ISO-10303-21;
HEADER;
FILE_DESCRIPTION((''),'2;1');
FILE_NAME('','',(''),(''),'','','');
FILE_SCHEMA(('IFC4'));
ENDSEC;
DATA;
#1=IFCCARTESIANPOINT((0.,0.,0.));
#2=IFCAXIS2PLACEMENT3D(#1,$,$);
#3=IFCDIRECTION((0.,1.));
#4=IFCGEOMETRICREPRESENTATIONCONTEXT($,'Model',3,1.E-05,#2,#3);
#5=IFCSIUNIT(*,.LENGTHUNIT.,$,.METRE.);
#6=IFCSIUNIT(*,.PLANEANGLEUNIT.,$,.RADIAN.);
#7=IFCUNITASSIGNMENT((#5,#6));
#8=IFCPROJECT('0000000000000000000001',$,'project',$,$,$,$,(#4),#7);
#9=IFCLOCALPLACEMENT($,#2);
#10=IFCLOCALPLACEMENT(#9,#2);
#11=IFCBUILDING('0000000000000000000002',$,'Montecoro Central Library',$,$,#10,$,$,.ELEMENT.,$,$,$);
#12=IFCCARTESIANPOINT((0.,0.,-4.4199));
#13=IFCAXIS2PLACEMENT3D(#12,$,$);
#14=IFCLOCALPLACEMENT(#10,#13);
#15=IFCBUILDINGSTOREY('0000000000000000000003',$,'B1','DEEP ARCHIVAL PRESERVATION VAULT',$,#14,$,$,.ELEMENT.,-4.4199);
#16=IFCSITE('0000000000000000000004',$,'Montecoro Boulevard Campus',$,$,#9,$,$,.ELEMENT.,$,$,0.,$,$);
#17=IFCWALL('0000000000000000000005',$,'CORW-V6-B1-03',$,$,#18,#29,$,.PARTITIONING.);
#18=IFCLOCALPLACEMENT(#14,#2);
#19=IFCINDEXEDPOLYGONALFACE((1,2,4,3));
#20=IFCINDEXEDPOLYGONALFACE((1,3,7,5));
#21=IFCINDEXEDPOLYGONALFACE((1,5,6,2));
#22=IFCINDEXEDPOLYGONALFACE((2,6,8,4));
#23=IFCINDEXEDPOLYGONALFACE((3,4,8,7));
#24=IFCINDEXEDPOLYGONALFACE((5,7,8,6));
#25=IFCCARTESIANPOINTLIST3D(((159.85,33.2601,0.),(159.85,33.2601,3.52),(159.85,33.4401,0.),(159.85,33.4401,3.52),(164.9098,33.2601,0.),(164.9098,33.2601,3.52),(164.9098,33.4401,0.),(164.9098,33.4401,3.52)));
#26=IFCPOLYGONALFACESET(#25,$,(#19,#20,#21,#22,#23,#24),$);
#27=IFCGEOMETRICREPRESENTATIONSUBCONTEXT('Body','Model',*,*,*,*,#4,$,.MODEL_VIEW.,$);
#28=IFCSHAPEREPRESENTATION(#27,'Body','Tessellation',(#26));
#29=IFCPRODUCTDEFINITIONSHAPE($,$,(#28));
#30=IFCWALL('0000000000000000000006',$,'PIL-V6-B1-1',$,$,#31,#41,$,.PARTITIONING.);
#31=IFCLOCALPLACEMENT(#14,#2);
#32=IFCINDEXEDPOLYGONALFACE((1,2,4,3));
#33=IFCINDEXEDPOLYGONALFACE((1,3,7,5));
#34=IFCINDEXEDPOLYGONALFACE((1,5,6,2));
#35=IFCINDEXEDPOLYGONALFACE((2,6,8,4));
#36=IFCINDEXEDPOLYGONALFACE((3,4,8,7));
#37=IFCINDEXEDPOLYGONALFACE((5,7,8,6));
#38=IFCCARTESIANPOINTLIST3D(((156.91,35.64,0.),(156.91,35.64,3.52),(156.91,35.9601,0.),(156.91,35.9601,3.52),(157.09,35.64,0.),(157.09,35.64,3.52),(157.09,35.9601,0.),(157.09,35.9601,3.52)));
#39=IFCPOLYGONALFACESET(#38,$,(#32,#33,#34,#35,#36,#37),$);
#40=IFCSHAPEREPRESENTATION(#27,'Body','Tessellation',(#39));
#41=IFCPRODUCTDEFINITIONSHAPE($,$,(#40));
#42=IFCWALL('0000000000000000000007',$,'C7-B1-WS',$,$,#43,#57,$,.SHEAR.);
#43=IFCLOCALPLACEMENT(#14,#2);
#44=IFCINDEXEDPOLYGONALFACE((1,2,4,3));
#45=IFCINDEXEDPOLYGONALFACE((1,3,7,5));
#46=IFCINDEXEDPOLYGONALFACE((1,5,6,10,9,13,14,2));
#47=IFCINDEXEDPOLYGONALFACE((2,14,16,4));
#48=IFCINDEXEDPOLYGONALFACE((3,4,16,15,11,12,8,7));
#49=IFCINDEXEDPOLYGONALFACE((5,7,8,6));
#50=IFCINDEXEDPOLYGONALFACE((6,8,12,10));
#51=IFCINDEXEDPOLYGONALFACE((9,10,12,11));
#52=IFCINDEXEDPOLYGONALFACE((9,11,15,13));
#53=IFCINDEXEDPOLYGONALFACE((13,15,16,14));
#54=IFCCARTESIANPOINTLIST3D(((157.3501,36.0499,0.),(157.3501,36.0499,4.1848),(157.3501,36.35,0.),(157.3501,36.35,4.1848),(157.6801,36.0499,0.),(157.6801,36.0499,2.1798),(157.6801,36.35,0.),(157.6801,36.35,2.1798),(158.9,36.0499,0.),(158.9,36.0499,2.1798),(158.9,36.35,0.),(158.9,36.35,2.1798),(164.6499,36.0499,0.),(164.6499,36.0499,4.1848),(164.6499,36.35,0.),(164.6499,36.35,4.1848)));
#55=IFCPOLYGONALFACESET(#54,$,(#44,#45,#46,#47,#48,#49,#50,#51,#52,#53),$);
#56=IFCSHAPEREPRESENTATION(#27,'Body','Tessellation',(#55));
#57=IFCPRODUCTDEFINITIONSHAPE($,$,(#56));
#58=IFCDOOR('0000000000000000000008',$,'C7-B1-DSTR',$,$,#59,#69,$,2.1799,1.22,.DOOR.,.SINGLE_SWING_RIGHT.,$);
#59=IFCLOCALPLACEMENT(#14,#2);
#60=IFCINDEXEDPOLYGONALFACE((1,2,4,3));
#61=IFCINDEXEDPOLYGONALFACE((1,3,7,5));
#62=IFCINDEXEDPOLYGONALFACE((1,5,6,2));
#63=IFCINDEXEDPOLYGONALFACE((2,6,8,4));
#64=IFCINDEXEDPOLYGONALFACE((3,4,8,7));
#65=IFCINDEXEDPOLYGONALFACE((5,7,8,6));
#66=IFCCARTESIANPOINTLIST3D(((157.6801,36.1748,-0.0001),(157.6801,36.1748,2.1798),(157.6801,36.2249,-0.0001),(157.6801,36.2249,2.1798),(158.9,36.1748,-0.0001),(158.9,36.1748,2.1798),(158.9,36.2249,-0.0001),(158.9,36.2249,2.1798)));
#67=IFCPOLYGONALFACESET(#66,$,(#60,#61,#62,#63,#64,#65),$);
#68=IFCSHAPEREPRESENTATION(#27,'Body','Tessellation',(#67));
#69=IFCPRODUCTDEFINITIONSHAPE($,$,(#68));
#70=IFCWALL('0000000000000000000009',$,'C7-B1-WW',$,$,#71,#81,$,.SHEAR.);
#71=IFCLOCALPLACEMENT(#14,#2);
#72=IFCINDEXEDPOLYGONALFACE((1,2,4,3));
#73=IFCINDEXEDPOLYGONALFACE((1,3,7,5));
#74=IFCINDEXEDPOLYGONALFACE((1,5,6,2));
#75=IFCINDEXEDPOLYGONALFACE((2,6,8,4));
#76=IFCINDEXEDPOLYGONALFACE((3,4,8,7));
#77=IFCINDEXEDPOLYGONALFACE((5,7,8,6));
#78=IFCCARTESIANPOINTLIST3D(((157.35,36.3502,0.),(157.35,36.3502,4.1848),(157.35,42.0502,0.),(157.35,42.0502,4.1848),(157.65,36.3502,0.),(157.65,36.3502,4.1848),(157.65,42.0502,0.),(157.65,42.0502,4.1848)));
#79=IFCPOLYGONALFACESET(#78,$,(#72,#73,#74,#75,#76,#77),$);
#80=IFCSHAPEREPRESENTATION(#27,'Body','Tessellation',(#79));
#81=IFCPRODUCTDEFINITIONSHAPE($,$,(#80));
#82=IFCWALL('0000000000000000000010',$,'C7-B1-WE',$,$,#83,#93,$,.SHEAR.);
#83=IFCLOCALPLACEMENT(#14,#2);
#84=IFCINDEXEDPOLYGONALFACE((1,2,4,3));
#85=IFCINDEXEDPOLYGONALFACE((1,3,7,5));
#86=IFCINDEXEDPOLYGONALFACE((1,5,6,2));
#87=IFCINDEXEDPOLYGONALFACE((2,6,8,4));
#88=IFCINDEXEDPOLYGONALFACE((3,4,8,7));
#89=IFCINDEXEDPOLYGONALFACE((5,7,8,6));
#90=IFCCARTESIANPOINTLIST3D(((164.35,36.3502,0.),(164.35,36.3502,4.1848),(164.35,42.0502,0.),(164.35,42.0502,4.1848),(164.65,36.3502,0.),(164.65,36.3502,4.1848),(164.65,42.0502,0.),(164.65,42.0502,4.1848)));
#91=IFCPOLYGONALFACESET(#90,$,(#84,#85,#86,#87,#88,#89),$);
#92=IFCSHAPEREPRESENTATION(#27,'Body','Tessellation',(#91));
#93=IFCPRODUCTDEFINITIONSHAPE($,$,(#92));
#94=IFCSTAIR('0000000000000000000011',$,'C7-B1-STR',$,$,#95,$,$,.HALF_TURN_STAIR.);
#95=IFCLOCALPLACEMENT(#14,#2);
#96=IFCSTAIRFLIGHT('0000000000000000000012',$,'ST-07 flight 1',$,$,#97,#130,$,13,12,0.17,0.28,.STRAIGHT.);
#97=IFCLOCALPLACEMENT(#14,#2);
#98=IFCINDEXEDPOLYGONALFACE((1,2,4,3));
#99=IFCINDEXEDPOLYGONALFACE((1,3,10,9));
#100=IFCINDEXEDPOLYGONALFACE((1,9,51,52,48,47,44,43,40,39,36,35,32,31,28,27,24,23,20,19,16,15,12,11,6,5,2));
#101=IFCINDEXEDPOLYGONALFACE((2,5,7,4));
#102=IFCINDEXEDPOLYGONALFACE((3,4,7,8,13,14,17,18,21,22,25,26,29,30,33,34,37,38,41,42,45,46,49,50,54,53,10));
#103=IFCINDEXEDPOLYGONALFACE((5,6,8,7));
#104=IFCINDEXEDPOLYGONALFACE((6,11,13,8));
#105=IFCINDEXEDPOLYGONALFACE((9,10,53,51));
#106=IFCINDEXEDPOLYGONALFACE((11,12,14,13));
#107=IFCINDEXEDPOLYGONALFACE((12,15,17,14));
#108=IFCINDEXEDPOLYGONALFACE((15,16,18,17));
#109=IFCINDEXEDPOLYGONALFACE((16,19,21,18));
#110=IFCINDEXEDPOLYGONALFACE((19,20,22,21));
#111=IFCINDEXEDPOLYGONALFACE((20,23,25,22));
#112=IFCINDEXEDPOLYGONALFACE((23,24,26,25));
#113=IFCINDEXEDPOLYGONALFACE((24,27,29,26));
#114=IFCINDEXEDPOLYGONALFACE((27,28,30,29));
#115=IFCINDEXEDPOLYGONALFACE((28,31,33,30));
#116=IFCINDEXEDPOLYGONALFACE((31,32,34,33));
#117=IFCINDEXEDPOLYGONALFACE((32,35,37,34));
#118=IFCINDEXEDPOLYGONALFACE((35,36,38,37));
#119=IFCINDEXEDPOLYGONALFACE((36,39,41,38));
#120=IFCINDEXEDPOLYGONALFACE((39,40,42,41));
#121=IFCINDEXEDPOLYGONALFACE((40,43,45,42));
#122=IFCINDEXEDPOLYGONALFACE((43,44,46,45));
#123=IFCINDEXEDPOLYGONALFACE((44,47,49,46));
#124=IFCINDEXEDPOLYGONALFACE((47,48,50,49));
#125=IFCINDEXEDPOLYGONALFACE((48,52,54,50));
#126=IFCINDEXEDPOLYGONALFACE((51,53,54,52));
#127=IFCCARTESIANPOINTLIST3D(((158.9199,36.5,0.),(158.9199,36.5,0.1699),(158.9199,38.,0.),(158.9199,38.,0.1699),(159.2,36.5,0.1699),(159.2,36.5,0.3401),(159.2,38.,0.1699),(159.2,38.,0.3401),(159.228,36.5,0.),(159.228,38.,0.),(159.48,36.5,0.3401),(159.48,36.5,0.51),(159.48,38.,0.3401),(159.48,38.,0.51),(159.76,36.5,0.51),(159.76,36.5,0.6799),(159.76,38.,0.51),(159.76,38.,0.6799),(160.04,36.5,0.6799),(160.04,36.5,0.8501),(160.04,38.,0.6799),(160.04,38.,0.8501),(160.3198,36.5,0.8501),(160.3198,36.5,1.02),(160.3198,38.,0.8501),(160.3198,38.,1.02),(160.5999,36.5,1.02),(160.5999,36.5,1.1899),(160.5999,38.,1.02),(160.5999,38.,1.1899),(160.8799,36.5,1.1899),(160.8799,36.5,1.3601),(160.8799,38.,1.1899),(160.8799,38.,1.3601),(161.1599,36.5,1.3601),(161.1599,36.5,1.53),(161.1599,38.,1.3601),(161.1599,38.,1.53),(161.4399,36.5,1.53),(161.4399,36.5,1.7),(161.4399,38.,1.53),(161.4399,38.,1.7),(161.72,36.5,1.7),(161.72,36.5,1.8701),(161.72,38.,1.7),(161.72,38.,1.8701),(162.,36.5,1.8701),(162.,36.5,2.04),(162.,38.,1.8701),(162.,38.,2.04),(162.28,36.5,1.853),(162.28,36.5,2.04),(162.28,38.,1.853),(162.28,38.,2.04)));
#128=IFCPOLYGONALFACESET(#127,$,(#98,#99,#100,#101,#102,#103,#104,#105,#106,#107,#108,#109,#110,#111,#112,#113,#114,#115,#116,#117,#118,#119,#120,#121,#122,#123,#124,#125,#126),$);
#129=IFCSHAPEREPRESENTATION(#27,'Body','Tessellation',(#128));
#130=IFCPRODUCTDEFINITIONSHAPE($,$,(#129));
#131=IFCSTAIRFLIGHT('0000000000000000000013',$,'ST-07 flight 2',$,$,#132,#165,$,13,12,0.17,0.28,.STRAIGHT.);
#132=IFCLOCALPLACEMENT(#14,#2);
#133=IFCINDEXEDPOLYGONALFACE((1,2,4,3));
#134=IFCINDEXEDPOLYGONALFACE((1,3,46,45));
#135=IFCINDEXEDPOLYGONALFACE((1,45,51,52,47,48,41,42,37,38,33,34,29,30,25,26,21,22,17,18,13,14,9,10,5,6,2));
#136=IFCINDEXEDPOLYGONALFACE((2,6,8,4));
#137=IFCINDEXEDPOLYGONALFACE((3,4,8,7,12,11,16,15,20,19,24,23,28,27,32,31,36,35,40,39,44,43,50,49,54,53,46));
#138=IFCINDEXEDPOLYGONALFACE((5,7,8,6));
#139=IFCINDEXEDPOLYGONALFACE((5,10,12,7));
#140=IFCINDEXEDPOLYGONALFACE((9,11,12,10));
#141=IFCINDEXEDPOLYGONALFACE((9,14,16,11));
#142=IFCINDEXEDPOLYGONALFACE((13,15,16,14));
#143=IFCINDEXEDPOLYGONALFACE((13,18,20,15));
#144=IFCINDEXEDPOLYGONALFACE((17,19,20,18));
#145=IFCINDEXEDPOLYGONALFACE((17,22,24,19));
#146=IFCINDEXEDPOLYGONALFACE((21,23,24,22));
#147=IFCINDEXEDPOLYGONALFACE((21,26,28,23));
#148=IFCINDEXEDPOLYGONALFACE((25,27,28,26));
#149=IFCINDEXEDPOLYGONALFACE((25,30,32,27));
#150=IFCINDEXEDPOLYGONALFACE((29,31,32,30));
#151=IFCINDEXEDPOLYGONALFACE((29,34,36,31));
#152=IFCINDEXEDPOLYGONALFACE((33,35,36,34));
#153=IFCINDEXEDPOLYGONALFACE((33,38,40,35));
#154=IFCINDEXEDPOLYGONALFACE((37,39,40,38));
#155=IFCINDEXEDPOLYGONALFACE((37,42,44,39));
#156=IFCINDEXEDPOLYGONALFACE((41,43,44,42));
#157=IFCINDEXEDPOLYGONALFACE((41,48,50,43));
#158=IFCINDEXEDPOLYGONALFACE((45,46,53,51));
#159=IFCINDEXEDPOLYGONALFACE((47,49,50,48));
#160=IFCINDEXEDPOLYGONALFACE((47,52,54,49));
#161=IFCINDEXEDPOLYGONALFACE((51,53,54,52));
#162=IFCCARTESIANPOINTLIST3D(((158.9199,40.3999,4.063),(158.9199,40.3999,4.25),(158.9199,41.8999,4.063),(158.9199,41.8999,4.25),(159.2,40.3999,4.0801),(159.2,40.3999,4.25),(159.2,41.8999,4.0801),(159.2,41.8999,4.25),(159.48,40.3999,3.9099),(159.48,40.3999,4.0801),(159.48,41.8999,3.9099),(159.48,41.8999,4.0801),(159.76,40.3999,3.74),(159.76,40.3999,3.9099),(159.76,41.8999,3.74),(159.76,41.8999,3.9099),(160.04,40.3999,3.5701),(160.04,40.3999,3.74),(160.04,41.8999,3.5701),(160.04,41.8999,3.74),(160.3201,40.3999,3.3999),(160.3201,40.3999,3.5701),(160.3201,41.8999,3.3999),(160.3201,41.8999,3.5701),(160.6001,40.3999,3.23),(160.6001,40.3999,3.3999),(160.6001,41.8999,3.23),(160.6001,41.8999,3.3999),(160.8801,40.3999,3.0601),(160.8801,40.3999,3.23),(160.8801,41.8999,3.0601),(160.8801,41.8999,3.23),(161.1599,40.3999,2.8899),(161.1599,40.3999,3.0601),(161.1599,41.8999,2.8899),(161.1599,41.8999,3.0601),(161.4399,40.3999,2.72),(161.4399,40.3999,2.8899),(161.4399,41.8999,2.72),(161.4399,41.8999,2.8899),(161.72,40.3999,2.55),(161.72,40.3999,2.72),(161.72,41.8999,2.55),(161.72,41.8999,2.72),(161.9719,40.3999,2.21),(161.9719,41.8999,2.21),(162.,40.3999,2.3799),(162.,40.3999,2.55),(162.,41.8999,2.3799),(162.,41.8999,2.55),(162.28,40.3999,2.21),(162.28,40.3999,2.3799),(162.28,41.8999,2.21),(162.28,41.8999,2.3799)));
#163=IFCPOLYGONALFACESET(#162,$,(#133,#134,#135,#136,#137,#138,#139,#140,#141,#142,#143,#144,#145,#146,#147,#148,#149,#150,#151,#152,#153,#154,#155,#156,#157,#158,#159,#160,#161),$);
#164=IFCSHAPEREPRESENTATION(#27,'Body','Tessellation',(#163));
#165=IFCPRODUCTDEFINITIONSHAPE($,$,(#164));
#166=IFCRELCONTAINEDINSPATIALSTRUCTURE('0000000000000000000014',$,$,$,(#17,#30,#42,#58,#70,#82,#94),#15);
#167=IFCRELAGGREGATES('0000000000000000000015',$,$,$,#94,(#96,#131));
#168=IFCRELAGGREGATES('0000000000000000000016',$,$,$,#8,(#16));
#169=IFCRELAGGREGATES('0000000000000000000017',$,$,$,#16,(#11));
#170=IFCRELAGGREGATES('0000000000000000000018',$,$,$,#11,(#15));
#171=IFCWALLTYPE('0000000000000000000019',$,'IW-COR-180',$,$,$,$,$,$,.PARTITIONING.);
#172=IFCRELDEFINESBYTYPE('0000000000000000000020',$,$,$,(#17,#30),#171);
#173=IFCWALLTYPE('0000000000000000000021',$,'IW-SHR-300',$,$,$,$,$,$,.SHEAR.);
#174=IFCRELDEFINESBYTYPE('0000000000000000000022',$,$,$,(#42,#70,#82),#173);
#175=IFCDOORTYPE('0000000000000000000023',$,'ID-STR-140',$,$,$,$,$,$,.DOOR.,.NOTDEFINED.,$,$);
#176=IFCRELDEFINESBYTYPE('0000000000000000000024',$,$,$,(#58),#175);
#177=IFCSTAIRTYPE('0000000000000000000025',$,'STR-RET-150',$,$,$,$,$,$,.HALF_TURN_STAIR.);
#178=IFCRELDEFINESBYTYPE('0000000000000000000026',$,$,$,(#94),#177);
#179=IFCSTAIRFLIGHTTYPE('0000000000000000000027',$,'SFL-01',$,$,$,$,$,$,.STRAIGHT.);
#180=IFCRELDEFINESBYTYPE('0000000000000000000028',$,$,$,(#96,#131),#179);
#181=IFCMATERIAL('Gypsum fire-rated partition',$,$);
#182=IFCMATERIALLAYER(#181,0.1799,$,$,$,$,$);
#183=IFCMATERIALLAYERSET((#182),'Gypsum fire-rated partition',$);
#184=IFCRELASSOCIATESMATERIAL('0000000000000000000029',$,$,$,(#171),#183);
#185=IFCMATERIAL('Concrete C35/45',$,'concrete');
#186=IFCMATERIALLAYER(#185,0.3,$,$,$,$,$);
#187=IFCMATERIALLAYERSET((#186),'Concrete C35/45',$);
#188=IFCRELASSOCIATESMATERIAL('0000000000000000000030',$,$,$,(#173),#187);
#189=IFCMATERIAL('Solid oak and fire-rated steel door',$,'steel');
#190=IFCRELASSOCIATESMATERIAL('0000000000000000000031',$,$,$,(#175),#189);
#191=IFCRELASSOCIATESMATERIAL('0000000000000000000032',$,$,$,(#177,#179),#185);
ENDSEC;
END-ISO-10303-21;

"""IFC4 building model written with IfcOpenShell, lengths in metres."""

from ifc_helpers import new_model, si_unit, direction, frame, frame_2d, origin, place, context, subcontext, project, spatial, polyline, rectangle, outline, extrude, material, layer, layer_set, type_object, element, fill, aggregate, save


model = new_model("IFC4")

# Units and contexts
model_context = context("Model", 3, precision=1e-05, world=origin(), true_north=direction((0.0, 1.0)))
body_context = subcontext(model_context, "Body", "Model", "MODEL_VIEW")
ifc_project = project(units=[si_unit("LENGTHUNIT", "METRE"), si_unit("PLANEANGLEUNIT", "RADIAN")], contexts=[model_context])

# Site, building, storey
site_placement = place(None, origin())
site = spatial("IfcSite", under=ifc_project, at=site_placement, Name="Montecoro Boulevard Campus", CompositionType="ELEMENT", RefElevation=0.0)
building_placement = place(site_placement, origin())
building = spatial("IfcBuilding", under=site, at=building_placement, Name="Montecoro Central Library", CompositionType="ELEMENT")
storey_placement = place(building_placement, frame((0.0, 0.0, -4.4199)))
storey = spatial("IfcBuildingStorey", under=building, at=storey_placement, Name="B1", Description="DEEP ARCHIVAL PRESERVATION VAULT", CompositionType="ELEMENT", Elevation=-4.4199)

# Shared definitions
ifc_material_1 = material(Name="Concrete C35/45", Category="concrete")

# Walls
ifc_material_2 = material(Name="Gypsum fire-rated partition")
ifc_layer_1 = layer(ifc_material_2, 0.1799)
ifc_layer_set_1 = layer_set([ifc_layer_1], Name="Gypsum fire-rated partition")
wall_type_1 = type_object("IfcWallType", Name="IW-COR-180", PredefinedType="PARTITIONING", material=ifc_layer_set_1)
wall_1_placement = place(storey_placement, frame((159.8501, 33.3501, 0.0), z_axis=(0.0, 0.0, 1.0), x_axis=(1.0, 0.0, 0.0)))
element("IfcWall", 1, at=wall_1_placement, inside=storey, type_object=wall_type_1, Name="CORW-V6-B1-03", PredefinedType="PARTITIONING", context=body_context, shape_type="SweptSolid", body=[
    extrude(rectangle(XDim=5.0598, YDim=0.1799, at=frame_2d((2.5298, 0.0))), origin(), (0.0, 0.0, 1.0), 3.52),
])
wall_2_placement = place(storey_placement, frame((157.0, 35.6399, 0.0), z_axis=(0.0, 0.0, 1.0), x_axis=(0.0, 1.0, 0.0)))
element("IfcWall", 2, at=wall_2_placement, inside=storey, type_object=wall_type_1, Name="PIL-V6-B1-1", PredefinedType="PARTITIONING", context=body_context, shape_type="SweptSolid", body=[
    extrude(rectangle(XDim=0.3201, YDim=0.1799, at=frame_2d((0.1602, 0.0))), origin(), (0.0, 0.0, 1.0), 3.52),
])

# Wall, opening, door
ifc_layer_2 = layer(ifc_material_1, 0.3)
ifc_layer_set_2 = layer_set([ifc_layer_2], Name="Concrete C35/45")
wall_type_2 = type_object("IfcWallType", Name="IW-SHR-300", PredefinedType="SHEAR", material=ifc_layer_set_2)
wall_3_placement = place(storey_placement, frame((157.3501, 36.2, 0.0), z_axis=(0.0, 0.0, 1.0), x_axis=(1.0, 0.0, 0.0)))
wall_3 = element("IfcWall", 3, at=wall_3_placement, inside=storey, type_object=wall_type_2, Name="C7-B1-WS", PredefinedType="SHEAR", context=body_context, shape_type="SweptSolid", body=[
    extrude(rectangle(XDim=7.2998, YDim=0.3, at=frame_2d((3.6499, 0.0))), origin(), (0.0, 0.0, 1.0), 4.1848),
])
opening_placement = place(wall_3_placement, frame((0.3301, 0.0, 0.0)))
opening = element("IfcOpeningElement", 4, at=opening_placement, cuts=wall_3, PredefinedType="OPENING", context=body_context, shape_type="SweptSolid", body=[
    extrude(rectangle(XDim=1.22, YDim=2.1799, at=frame_2d((0.6099, 1.0898))), frame((0.0, 0.1599, 0.0), z_axis=(0.0, -1.0, 0.0), x_axis=(1.0, 0.0, 0.0)), (0.0, 0.0, 1.0), 0.3201),
])
ifc_material_3 = material(Name="Solid oak and fire-rated steel door", Category="steel")
door_type = type_object("IfcDoorType", Name="ID-STR-140", OperationType="NOTDEFINED", PredefinedType="DOOR", material=ifc_material_3)
door_placement = place(opening_placement, origin())
door = element("IfcDoor", 5, at=door_placement, inside=storey, type_object=door_type, Name="C7-B1-DSTR", OperationType="SINGLE_SWING_RIGHT", OverallHeight=2.1799, OverallWidth=1.22, PredefinedType="DOOR", context=body_context, shape_type="SweptSolid", body=[
    extrude(rectangle(XDim=1.22, YDim=2.1799, at=frame_2d((0.6099, 1.0898))), frame((0.0, 0.0249, 0.0), z_axis=(0.0, -1.0, 0.0), x_axis=(1.0, 0.0, 0.0)), (0.0, 0.0, 1.0), 0.05),
])
fill(opening, door)

# Walls
for number, where, z_axis, x_axis, name in (
    (6, (157.5, 36.3501, 0.0), (0.0, 0.0, 1.0), (0.0, 1.0, 0.0), "C7-B1-WW"),
    (7, (164.5, 36.3501, 0.0), (0.0, 0.0, 1.0), (0.0, 1.0, 0.0), "C7-B1-WE"),
):
    element("IfcWall", number, at=place(storey_placement, frame(where, z_axis=z_axis, x_axis=x_axis)), inside=storey, type_object=wall_type_2, Name=name, PredefinedType="SHEAR", context=body_context, shape_type="SweptSolid", body=[
        extrude(rectangle(XDim=5.7, YDim=0.3, at=frame_2d((2.8501, 0.0))), origin(), (0.0, 0.0, 1.0), 4.1848),
    ])

# Stair, stair flights
stair_type = type_object("IfcStairType", Name="STR-RET-150", PredefinedType="HALF_TURN_STAIR", material=ifc_material_1)
stair_placement = place(storey_placement, origin())
stair = element("IfcStair", 8, at=stair_placement, inside=storey, type_object=stair_type, Name="C7-B1-STR", PredefinedType="HALF_TURN_STAIR")
stair_flight_type = type_object("IfcStairFlightType", Name="SFL-01", PredefinedType="STRAIGHT", material=ifc_material_1)
stair_flight_1_placement = place(storey_placement, frame((158.9199, 37.25, 0.0), z_axis=(0.0, 0.0, 1.0), x_axis=(1.0, 0.0, 0.0)))
stair_flight_1 = element("IfcStairFlight", 9, at=stair_flight_1_placement, type_object=stair_flight_type, Name="ST-07 flight 1", NumberOfRisers=13, NumberOfTreads=12, PredefinedType="STRAIGHT", RiserHeight=0.17, TreadLength=0.28, context=body_context, shape_type="SweptSolid", body=[
    extrude(outline(polyline([(0.0, 0.0), (0.0, 0.1699), (0.28, 0.1699), (0.28, 0.3401), (0.5601, 0.3401), (0.5601, 0.51), (0.8401, 0.51), (0.8401, 0.6799), (1.1201, 0.6799), (1.1201, 0.8501), (1.3999, 0.8501), (1.3999, 1.02), (1.6799, 1.02), (1.6799, 1.1899), (1.96, 1.1899), (1.96, 1.3601), (2.24, 1.3601), (2.24, 1.53), (2.52, 1.53), (2.52, 1.7), (2.8, 1.7), (2.8, 1.8701), (3.0801, 1.8701), (3.0801, 2.04), (3.3601, 2.04), (3.3601, 2.21), (3.3601, 1.853), (0.3081, 0.0), (0.0, 0.0)])), frame((0.0, 0.75, 0.0), z_axis=(0.0, -1.0, 0.0), x_axis=(1.0, 0.0, 0.0)), (0.0, 0.0, 1.0), 1.5),
])
stair_flight_2_placement = place(storey_placement, frame((162.28, 41.1499, 2.21), z_axis=(0.0, 0.0, 1.0), x_axis=(-1.0, 0.0, 0.0)))
stair_flight_2 = element("IfcStairFlight", 10, at=stair_flight_2_placement, type_object=stair_flight_type, Name="ST-07 flight 2", NumberOfRisers=13, NumberOfTreads=12, PredefinedType="STRAIGHT", RiserHeight=0.17, TreadLength=0.28, context=body_context, shape_type="SweptSolid", body=[
    extrude(outline(polyline([(0.0, 0.0), (0.0, 0.1699), (0.28, 0.1699), (0.28, 0.3401), (0.5601, 0.3401), (0.5601, 0.51), (0.8401, 0.51), (0.8401, 0.6799), (1.1201, 0.6799), (1.1201, 0.8501), (1.3999, 0.8501), (1.3999, 1.02), (1.6799, 1.02), (1.6799, 1.1899), (1.96, 1.1899), (1.96, 1.3601), (2.24, 1.3601), (2.24, 1.53), (2.52, 1.53), (2.52, 1.7), (2.8, 1.7), (2.8, 1.8701), (3.0801, 1.8701), (3.0801, 2.04), (3.3601, 2.04), (3.3601, 2.21), (3.3601, 1.853), (0.3081, 0.0), (0.0, 0.0)])), frame((0.0, 0.75, 0.0), z_axis=(0.0, -1.0, 0.0), x_axis=(1.0, 0.0, 0.0)), (0.0, 0.0, 1.0), 1.5),
])
aggregate(stair, [stair_flight_1, stair_flight_2])

save(model, "model.ifc")
